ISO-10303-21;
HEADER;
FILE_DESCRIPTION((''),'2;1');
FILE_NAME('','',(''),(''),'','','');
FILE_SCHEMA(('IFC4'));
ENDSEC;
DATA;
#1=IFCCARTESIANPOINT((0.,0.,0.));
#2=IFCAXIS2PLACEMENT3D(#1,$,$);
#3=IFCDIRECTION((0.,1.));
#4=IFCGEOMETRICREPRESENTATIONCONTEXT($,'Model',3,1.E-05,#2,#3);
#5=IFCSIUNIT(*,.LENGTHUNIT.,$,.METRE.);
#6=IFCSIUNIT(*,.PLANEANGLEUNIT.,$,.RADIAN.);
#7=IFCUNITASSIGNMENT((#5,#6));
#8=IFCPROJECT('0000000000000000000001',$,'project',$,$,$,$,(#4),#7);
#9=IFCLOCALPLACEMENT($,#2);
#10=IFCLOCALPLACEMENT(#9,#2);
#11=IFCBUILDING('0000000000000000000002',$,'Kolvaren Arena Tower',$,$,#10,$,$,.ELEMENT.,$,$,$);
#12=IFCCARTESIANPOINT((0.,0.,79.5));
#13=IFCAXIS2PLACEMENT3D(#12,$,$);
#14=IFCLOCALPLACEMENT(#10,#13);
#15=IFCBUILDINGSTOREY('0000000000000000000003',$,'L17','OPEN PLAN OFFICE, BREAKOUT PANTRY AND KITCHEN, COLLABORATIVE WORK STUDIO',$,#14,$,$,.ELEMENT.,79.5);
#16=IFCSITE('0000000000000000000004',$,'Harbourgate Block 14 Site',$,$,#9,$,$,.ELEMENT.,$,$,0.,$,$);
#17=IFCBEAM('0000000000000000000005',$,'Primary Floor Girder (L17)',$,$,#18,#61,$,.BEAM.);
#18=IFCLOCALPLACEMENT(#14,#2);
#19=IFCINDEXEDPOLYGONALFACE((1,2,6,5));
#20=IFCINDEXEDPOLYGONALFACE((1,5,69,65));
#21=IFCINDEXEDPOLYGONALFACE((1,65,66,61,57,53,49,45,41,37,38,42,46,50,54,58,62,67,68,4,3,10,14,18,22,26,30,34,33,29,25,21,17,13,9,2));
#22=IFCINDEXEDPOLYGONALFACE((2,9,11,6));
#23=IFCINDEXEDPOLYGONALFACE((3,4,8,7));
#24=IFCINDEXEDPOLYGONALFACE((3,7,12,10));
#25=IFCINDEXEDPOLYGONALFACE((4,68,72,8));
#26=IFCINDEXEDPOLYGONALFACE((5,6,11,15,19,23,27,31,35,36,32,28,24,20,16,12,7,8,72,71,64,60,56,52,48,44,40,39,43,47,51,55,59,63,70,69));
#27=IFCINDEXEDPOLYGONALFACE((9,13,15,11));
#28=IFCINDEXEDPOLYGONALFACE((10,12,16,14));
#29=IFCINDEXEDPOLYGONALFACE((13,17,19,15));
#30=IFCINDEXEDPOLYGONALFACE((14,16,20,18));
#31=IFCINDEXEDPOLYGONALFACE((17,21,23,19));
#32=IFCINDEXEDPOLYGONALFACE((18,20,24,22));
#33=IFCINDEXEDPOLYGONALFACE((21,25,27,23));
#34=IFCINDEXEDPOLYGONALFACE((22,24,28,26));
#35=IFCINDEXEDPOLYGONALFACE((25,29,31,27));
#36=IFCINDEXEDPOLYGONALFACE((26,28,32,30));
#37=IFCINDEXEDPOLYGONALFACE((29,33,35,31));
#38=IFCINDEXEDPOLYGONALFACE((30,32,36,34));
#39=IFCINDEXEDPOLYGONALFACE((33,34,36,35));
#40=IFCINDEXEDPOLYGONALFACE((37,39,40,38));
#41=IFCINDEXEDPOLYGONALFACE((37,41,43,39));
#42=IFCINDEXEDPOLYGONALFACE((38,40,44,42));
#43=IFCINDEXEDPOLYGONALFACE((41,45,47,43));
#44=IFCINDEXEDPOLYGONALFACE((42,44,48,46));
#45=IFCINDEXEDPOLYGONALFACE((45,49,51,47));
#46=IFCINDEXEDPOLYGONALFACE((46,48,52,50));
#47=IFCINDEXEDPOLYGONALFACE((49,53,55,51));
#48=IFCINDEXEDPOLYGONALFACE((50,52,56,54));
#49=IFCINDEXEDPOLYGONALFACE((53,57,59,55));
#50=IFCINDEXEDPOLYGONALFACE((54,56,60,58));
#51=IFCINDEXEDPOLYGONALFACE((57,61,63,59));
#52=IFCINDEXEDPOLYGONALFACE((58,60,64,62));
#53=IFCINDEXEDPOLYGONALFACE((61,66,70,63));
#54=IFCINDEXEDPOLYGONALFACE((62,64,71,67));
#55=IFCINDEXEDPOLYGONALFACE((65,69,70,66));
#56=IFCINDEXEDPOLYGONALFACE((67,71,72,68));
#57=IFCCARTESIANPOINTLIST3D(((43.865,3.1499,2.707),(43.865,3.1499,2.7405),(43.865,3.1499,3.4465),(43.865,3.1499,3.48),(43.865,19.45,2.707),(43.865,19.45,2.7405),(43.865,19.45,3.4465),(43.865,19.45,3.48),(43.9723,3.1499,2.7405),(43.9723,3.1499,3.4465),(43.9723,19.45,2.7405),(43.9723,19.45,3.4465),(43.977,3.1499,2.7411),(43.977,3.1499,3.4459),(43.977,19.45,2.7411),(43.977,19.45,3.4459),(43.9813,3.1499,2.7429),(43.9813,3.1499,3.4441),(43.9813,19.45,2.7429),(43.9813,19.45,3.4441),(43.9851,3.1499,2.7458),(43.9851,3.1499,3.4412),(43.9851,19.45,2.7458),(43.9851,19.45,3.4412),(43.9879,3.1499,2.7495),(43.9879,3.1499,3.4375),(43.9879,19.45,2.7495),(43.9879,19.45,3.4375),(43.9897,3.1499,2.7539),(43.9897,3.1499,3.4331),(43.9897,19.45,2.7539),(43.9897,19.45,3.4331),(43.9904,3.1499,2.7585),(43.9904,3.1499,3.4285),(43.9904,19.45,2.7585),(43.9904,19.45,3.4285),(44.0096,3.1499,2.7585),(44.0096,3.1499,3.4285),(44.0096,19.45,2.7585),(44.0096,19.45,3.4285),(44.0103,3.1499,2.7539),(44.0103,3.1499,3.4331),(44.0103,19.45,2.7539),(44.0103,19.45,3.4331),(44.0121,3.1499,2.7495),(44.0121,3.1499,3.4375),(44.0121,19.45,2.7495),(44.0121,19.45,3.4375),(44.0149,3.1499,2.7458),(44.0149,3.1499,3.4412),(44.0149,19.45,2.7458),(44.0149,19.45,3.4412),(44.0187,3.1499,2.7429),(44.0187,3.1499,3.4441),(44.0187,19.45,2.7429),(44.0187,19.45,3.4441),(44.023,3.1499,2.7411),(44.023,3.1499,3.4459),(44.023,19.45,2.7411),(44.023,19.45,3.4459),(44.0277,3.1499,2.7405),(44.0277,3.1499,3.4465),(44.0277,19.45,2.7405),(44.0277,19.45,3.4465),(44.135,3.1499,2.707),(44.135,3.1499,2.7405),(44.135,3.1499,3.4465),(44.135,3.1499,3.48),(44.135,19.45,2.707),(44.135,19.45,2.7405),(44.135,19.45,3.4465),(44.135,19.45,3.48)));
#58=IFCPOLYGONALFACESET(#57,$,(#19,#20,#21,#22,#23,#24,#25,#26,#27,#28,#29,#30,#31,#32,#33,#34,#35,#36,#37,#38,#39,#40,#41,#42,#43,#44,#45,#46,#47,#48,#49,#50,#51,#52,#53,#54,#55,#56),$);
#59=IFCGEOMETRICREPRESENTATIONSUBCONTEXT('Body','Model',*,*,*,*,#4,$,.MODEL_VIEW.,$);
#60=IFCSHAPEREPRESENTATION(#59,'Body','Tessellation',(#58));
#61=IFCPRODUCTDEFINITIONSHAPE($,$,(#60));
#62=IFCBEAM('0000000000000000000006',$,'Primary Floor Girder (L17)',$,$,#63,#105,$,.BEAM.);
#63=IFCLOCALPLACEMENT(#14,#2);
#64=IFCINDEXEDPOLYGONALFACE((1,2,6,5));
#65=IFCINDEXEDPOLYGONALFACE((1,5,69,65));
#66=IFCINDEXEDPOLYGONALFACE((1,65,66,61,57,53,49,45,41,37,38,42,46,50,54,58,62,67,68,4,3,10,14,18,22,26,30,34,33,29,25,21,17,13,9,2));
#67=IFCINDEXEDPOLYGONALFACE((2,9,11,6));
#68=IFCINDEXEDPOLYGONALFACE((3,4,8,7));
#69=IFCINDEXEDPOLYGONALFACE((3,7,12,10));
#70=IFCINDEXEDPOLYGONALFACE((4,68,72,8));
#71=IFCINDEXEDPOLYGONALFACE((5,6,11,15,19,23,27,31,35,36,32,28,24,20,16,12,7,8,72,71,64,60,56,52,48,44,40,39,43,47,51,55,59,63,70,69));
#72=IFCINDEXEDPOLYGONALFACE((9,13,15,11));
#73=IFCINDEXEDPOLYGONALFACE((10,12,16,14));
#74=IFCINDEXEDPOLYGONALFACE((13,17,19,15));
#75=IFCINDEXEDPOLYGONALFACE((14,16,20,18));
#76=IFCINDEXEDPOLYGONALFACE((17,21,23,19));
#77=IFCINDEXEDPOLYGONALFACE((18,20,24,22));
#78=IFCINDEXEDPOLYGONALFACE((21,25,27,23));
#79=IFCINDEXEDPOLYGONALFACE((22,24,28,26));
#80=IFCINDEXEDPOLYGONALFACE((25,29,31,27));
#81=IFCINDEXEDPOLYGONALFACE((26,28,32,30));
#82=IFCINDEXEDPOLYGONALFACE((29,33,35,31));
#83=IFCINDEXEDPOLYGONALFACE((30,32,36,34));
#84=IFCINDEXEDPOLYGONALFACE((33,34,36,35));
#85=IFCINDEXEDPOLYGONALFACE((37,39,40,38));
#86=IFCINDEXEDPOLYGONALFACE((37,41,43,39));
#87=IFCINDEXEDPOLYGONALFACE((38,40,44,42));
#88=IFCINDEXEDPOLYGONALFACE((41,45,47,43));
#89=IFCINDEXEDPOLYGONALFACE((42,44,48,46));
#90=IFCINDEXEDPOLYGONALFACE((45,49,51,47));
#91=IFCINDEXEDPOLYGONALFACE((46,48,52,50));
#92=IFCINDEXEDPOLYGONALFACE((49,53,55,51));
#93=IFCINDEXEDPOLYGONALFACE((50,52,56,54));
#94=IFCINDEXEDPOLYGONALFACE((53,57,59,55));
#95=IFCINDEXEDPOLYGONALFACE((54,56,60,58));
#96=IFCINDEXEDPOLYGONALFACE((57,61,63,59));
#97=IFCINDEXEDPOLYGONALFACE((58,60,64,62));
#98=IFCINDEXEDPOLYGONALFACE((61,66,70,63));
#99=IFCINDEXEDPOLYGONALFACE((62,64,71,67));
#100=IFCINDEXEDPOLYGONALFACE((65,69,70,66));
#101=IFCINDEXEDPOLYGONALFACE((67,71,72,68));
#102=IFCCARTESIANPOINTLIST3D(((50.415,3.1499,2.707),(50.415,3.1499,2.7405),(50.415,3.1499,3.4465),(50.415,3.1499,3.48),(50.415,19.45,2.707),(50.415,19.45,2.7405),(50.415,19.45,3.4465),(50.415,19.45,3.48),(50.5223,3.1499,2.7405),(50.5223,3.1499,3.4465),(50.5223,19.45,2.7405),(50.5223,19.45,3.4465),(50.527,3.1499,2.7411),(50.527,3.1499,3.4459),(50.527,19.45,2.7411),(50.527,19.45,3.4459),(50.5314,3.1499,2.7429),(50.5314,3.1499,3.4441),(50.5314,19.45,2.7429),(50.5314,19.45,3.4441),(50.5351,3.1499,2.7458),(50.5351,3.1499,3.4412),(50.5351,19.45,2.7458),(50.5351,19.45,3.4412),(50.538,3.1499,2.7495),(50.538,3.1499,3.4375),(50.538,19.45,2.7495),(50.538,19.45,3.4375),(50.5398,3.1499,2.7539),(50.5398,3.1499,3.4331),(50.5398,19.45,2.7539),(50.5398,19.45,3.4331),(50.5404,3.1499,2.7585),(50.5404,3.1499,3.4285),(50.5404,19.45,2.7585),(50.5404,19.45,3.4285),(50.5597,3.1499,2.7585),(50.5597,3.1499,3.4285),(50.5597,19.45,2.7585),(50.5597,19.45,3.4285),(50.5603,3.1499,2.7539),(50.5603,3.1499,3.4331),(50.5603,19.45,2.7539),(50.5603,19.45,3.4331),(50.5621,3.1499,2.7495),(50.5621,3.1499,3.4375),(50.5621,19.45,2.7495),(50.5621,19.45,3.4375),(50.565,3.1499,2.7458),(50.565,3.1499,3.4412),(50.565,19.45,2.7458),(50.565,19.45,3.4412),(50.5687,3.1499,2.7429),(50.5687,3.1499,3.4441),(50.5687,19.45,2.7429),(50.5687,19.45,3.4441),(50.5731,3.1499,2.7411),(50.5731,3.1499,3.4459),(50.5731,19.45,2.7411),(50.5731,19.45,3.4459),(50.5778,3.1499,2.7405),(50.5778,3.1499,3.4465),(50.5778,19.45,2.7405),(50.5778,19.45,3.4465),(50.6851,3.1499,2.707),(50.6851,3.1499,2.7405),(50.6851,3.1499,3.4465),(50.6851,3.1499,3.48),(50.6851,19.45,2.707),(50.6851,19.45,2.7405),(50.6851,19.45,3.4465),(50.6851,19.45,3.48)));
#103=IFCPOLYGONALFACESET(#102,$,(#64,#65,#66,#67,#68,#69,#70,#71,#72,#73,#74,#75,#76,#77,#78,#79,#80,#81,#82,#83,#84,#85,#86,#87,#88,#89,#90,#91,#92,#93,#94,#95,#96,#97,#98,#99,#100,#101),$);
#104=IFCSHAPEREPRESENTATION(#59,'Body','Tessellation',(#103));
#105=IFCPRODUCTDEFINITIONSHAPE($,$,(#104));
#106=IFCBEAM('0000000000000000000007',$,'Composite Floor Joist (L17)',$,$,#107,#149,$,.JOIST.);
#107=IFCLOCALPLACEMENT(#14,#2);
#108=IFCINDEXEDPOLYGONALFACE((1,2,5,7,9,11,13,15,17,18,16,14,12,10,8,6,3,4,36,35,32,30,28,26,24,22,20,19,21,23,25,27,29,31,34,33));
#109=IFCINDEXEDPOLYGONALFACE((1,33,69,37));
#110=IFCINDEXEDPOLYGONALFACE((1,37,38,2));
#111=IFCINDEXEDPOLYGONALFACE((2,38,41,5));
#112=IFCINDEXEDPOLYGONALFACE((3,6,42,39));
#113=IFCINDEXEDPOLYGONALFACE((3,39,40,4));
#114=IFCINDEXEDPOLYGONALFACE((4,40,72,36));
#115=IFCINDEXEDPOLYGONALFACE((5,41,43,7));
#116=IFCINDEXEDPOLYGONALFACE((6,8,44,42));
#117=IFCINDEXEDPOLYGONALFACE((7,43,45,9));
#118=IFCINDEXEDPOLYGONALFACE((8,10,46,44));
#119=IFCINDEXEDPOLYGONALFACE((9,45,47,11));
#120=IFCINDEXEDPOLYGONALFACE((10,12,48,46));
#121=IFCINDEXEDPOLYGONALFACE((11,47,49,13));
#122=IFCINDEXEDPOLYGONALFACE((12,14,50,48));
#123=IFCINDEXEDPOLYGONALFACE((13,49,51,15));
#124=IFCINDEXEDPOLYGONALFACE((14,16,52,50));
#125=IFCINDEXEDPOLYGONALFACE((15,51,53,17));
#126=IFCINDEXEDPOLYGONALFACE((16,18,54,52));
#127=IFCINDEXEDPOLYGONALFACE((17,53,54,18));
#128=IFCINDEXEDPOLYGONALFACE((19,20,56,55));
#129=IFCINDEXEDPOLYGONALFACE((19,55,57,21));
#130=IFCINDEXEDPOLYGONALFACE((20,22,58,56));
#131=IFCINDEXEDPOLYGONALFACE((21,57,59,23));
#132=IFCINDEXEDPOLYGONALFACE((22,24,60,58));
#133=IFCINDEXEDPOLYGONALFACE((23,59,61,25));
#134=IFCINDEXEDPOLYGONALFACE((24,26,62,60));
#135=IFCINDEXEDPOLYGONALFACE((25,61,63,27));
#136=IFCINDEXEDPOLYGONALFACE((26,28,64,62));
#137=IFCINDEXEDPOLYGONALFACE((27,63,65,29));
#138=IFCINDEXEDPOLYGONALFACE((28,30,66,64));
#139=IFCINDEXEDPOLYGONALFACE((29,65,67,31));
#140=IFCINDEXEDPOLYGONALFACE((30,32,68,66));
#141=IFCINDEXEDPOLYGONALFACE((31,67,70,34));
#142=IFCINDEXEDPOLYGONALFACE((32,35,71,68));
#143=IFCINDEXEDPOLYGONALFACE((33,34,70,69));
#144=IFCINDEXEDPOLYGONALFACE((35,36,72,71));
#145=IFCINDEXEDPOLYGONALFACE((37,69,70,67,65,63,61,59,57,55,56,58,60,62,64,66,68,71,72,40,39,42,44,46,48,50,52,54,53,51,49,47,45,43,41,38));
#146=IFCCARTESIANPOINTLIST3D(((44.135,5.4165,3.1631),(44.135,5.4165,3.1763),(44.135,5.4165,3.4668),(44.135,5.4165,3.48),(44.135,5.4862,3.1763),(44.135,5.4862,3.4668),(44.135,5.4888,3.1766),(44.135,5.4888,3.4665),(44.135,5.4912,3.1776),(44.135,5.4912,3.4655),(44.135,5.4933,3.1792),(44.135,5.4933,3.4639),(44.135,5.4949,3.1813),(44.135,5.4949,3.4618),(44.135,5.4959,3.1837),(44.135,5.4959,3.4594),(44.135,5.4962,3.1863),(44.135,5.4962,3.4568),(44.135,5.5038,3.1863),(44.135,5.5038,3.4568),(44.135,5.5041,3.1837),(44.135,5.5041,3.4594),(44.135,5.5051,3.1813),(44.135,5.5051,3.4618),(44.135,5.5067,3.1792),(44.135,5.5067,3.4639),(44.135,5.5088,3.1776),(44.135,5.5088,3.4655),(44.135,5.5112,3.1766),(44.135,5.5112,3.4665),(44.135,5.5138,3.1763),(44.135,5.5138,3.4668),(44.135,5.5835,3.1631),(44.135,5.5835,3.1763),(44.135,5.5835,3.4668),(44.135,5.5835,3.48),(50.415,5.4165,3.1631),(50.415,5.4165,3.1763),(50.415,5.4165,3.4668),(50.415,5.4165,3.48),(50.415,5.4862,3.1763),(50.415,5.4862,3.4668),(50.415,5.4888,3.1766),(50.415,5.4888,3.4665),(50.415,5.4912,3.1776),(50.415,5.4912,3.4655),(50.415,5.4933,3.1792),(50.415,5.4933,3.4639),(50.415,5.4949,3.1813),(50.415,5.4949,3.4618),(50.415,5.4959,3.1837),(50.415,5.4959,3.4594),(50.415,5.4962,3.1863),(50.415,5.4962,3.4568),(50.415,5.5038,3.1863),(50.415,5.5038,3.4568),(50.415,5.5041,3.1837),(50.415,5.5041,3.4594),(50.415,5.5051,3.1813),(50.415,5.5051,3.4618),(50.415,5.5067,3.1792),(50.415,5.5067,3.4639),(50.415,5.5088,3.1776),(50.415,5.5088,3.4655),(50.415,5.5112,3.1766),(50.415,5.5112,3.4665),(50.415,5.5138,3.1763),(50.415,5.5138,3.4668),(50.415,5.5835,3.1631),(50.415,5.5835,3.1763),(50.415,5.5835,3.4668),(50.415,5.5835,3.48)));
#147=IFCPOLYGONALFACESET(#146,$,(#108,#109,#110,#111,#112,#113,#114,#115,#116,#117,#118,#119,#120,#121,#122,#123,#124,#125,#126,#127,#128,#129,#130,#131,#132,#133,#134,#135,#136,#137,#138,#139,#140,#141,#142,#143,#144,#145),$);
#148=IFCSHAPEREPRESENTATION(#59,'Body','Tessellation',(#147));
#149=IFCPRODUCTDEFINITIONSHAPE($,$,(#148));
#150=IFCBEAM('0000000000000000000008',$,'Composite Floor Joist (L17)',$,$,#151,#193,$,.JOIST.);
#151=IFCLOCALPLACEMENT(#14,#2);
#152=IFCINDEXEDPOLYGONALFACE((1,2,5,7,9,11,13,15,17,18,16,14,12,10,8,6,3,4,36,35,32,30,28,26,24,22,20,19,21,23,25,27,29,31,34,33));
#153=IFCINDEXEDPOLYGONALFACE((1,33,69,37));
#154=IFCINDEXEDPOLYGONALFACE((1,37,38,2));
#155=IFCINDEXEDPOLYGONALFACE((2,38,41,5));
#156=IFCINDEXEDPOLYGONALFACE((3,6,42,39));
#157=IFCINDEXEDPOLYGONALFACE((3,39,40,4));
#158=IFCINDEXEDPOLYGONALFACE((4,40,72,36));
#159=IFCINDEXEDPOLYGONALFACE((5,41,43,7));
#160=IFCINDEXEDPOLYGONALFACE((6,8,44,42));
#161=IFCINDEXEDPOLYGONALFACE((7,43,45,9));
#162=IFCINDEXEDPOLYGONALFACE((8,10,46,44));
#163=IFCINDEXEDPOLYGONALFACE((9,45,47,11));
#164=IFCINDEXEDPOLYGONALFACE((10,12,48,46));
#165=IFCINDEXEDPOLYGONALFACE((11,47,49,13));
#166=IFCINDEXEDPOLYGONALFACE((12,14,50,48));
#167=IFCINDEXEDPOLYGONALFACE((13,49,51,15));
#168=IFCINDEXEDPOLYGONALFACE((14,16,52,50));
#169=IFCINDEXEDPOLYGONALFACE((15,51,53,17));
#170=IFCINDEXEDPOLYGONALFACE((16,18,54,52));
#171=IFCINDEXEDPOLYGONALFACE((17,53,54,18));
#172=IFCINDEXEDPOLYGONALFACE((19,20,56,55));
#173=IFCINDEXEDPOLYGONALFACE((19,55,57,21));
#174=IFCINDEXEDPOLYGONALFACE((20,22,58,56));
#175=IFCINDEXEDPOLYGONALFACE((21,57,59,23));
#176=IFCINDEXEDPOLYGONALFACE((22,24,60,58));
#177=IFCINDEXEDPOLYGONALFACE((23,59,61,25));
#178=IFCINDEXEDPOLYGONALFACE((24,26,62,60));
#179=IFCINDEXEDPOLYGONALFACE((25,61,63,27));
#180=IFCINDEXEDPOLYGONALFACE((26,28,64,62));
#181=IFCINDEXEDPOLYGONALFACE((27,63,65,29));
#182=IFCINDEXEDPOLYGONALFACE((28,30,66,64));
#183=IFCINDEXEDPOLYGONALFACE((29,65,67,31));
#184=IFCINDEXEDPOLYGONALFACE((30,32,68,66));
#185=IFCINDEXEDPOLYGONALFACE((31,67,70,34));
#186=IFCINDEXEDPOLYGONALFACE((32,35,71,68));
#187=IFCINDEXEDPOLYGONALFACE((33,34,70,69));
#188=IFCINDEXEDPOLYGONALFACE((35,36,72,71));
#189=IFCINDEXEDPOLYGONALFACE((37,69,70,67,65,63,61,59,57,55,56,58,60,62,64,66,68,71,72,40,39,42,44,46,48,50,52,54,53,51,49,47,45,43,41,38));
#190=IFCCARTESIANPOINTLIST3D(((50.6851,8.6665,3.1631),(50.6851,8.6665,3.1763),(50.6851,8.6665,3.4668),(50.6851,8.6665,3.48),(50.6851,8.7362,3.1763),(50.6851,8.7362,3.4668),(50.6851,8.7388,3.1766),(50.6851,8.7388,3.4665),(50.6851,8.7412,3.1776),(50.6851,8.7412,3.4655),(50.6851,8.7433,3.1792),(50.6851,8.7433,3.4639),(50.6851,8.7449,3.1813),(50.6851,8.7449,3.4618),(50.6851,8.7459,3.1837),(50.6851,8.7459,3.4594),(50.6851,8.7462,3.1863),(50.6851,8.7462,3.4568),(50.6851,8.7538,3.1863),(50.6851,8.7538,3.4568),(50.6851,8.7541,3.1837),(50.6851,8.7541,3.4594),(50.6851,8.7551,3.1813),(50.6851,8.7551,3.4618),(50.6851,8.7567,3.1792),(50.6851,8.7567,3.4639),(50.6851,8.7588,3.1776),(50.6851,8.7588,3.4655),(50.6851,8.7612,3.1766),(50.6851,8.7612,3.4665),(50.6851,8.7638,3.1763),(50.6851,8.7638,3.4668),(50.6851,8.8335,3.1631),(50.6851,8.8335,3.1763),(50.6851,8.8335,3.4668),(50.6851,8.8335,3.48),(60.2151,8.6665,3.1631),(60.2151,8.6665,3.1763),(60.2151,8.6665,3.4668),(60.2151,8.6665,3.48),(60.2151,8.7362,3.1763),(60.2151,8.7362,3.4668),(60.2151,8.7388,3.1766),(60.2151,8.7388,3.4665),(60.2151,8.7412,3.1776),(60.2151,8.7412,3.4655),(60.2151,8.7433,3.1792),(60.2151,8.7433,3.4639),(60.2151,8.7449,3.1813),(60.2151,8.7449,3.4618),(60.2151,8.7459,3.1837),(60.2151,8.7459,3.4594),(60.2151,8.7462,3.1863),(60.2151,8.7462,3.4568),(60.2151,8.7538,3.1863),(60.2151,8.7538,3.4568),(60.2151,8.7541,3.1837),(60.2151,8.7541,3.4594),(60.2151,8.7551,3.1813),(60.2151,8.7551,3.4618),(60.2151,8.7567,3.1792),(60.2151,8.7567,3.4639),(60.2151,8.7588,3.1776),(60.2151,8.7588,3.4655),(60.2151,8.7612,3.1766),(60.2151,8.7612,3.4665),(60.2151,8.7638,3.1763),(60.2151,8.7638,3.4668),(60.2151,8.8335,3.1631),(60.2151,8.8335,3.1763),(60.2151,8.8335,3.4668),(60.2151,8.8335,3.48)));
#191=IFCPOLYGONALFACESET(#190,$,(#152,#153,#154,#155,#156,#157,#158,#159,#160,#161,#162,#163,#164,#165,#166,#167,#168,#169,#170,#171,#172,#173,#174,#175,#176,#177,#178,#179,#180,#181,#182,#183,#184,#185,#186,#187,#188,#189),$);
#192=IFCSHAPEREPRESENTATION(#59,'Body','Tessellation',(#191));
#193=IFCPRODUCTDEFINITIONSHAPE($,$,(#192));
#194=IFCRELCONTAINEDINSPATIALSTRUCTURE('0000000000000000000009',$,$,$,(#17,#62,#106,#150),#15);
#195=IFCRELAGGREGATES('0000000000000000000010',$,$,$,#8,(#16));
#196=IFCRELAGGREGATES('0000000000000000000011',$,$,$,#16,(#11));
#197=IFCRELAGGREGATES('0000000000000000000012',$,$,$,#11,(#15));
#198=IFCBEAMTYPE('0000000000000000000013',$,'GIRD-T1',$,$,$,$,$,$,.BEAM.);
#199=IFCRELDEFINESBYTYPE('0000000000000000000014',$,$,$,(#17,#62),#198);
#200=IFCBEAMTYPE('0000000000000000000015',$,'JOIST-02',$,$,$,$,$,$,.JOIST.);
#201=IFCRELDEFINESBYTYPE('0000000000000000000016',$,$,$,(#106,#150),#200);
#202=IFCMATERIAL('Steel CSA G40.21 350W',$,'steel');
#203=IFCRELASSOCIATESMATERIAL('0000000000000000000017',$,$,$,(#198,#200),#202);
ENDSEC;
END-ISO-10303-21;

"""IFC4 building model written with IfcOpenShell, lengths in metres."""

from ifc_helpers import new_model, si_unit, direction, frame, origin, origin_2d, place, context, subcontext, project, spatial, i_section, extrude, material, material_profile, profile_set, type_object, element, save


model = new_model("IFC4")

# Units and contexts
model_context = context("Model", 3, precision=1e-05, world=origin(), true_north=direction((0.0, 1.0)))
body_context = subcontext(model_context, "Body", "Model", "MODEL_VIEW")
ifc_project = project(units=[si_unit("LENGTHUNIT", "METRE"), si_unit("PLANEANGLEUNIT", "RADIAN")], contexts=[model_context])

# Site, building, storey
site_placement = place(None, origin())
site = spatial("IfcSite", under=ifc_project, at=site_placement, Name="Harbourgate Block 14 Site", CompositionType="ELEMENT", RefElevation=0.0)
building_placement = place(site_placement, origin())
building = spatial("IfcBuilding", under=site, at=building_placement, Name="Kolvaren Arena Tower", CompositionType="ELEMENT")
storey_placement = place(building_placement, frame((0.0, 0.0, 79.5)))
storey = spatial("IfcBuildingStorey", under=building, at=storey_placement, Name="L17", Description="OPEN PLAN OFFICE, BREAKOUT PANTRY AND KITCHEN, COLLABORATIVE WORK STUDIO", CompositionType="ELEMENT", Elevation=79.5)

# Beams
ifc_material_1 = material(Name="Steel CSA G40.21 350W", Category="steel")
ifc_material_profile_1 = material_profile(ifc_material_1, i_section(OverallWidth=0.27, OverallDepth=0.7729, WebThickness=0.0193, FlangeThickness=0.0334, FilletRadius=0.0181, at=origin_2d()), Name="W760x257")
ifc_profile_set_1 = profile_set([ifc_material_profile_1], Name="Steel CSA G40.21 350W")
beam_type_1 = type_object("IfcBeamType", Name="GIRD-T1", PredefinedType="BEAM", material=ifc_profile_set_1)
for number, where, z_axis, x_axis, name in (
    (1, (44.0, 3.1499, 3.0935), (0.0, 1.0, 0.0), (-1.0, 0.0, 0.0), "Primary Floor Girder (L17)"),
    (2, (50.55, 3.1499, 3.0935), (0.0, 1.0, 0.0), (-1.0, 0.0, 0.0), "Primary Floor Girder (L17)"),
):
    element("IfcBeam", number, at=place(storey_placement, frame(where, z_axis=z_axis, x_axis=x_axis)), inside=storey, type_object=beam_type_1, Name=name, PredefinedType="BEAM", context=body_context, shape_type="SweptSolid", body=[
        extrude(i_section(OverallWidth=0.27, OverallDepth=0.7729, WebThickness=0.0193, FlangeThickness=0.0334, FilletRadius=0.0181, at=origin_2d()), origin(), (0.0, 0.0, 1.0), 16.3),
    ])
ifc_material_profile_2 = material_profile(ifc_material_1, i_section(OverallWidth=0.167, OverallDepth=0.3169, WebThickness=0.0076, FlangeThickness=0.0132, FilletRadius=0.01, at=origin_2d()), Name="W310x52")
ifc_profile_set_2 = profile_set([ifc_material_profile_2], Name="Steel CSA G40.21 350W")
beam_type_2 = type_object("IfcBeamType", Name="JOIST-02", PredefinedType="JOIST", material=ifc_profile_set_2)
beam_1_placement = place(storey_placement, frame((44.135, 5.5, 3.3215), z_axis=(1.0, 0.0, 0.0), x_axis=(0.0, 1.0, 0.0)))
element("IfcBeam", 3, at=beam_1_placement, inside=storey, type_object=beam_type_2, Name="Composite Floor Joist (L17)", PredefinedType="JOIST", context=body_context, shape_type="SweptSolid", body=[
    extrude(i_section(OverallWidth=0.167, OverallDepth=0.3169, WebThickness=0.0076, FlangeThickness=0.0132, FilletRadius=0.01, at=origin_2d()), origin(), (0.0, 0.0, 1.0), 6.28),
])
beam_2_placement = place(storey_placement, frame((50.6851, 8.75, 3.3215), z_axis=(1.0, 0.0, 0.0), x_axis=(0.0, 1.0, 0.0)))
element("IfcBeam", 4, at=beam_2_placement, inside=storey, type_object=beam_type_2, Name="Composite Floor Joist (L17)", PredefinedType="JOIST", context=body_context, shape_type="SweptSolid", body=[
    extrude(i_section(OverallWidth=0.167, OverallDepth=0.3169, WebThickness=0.0076, FlangeThickness=0.0132, FilletRadius=0.01, at=origin_2d()), origin(), (0.0, 0.0, 1.0), 9.53),
])

save(model, "model.ifc")
